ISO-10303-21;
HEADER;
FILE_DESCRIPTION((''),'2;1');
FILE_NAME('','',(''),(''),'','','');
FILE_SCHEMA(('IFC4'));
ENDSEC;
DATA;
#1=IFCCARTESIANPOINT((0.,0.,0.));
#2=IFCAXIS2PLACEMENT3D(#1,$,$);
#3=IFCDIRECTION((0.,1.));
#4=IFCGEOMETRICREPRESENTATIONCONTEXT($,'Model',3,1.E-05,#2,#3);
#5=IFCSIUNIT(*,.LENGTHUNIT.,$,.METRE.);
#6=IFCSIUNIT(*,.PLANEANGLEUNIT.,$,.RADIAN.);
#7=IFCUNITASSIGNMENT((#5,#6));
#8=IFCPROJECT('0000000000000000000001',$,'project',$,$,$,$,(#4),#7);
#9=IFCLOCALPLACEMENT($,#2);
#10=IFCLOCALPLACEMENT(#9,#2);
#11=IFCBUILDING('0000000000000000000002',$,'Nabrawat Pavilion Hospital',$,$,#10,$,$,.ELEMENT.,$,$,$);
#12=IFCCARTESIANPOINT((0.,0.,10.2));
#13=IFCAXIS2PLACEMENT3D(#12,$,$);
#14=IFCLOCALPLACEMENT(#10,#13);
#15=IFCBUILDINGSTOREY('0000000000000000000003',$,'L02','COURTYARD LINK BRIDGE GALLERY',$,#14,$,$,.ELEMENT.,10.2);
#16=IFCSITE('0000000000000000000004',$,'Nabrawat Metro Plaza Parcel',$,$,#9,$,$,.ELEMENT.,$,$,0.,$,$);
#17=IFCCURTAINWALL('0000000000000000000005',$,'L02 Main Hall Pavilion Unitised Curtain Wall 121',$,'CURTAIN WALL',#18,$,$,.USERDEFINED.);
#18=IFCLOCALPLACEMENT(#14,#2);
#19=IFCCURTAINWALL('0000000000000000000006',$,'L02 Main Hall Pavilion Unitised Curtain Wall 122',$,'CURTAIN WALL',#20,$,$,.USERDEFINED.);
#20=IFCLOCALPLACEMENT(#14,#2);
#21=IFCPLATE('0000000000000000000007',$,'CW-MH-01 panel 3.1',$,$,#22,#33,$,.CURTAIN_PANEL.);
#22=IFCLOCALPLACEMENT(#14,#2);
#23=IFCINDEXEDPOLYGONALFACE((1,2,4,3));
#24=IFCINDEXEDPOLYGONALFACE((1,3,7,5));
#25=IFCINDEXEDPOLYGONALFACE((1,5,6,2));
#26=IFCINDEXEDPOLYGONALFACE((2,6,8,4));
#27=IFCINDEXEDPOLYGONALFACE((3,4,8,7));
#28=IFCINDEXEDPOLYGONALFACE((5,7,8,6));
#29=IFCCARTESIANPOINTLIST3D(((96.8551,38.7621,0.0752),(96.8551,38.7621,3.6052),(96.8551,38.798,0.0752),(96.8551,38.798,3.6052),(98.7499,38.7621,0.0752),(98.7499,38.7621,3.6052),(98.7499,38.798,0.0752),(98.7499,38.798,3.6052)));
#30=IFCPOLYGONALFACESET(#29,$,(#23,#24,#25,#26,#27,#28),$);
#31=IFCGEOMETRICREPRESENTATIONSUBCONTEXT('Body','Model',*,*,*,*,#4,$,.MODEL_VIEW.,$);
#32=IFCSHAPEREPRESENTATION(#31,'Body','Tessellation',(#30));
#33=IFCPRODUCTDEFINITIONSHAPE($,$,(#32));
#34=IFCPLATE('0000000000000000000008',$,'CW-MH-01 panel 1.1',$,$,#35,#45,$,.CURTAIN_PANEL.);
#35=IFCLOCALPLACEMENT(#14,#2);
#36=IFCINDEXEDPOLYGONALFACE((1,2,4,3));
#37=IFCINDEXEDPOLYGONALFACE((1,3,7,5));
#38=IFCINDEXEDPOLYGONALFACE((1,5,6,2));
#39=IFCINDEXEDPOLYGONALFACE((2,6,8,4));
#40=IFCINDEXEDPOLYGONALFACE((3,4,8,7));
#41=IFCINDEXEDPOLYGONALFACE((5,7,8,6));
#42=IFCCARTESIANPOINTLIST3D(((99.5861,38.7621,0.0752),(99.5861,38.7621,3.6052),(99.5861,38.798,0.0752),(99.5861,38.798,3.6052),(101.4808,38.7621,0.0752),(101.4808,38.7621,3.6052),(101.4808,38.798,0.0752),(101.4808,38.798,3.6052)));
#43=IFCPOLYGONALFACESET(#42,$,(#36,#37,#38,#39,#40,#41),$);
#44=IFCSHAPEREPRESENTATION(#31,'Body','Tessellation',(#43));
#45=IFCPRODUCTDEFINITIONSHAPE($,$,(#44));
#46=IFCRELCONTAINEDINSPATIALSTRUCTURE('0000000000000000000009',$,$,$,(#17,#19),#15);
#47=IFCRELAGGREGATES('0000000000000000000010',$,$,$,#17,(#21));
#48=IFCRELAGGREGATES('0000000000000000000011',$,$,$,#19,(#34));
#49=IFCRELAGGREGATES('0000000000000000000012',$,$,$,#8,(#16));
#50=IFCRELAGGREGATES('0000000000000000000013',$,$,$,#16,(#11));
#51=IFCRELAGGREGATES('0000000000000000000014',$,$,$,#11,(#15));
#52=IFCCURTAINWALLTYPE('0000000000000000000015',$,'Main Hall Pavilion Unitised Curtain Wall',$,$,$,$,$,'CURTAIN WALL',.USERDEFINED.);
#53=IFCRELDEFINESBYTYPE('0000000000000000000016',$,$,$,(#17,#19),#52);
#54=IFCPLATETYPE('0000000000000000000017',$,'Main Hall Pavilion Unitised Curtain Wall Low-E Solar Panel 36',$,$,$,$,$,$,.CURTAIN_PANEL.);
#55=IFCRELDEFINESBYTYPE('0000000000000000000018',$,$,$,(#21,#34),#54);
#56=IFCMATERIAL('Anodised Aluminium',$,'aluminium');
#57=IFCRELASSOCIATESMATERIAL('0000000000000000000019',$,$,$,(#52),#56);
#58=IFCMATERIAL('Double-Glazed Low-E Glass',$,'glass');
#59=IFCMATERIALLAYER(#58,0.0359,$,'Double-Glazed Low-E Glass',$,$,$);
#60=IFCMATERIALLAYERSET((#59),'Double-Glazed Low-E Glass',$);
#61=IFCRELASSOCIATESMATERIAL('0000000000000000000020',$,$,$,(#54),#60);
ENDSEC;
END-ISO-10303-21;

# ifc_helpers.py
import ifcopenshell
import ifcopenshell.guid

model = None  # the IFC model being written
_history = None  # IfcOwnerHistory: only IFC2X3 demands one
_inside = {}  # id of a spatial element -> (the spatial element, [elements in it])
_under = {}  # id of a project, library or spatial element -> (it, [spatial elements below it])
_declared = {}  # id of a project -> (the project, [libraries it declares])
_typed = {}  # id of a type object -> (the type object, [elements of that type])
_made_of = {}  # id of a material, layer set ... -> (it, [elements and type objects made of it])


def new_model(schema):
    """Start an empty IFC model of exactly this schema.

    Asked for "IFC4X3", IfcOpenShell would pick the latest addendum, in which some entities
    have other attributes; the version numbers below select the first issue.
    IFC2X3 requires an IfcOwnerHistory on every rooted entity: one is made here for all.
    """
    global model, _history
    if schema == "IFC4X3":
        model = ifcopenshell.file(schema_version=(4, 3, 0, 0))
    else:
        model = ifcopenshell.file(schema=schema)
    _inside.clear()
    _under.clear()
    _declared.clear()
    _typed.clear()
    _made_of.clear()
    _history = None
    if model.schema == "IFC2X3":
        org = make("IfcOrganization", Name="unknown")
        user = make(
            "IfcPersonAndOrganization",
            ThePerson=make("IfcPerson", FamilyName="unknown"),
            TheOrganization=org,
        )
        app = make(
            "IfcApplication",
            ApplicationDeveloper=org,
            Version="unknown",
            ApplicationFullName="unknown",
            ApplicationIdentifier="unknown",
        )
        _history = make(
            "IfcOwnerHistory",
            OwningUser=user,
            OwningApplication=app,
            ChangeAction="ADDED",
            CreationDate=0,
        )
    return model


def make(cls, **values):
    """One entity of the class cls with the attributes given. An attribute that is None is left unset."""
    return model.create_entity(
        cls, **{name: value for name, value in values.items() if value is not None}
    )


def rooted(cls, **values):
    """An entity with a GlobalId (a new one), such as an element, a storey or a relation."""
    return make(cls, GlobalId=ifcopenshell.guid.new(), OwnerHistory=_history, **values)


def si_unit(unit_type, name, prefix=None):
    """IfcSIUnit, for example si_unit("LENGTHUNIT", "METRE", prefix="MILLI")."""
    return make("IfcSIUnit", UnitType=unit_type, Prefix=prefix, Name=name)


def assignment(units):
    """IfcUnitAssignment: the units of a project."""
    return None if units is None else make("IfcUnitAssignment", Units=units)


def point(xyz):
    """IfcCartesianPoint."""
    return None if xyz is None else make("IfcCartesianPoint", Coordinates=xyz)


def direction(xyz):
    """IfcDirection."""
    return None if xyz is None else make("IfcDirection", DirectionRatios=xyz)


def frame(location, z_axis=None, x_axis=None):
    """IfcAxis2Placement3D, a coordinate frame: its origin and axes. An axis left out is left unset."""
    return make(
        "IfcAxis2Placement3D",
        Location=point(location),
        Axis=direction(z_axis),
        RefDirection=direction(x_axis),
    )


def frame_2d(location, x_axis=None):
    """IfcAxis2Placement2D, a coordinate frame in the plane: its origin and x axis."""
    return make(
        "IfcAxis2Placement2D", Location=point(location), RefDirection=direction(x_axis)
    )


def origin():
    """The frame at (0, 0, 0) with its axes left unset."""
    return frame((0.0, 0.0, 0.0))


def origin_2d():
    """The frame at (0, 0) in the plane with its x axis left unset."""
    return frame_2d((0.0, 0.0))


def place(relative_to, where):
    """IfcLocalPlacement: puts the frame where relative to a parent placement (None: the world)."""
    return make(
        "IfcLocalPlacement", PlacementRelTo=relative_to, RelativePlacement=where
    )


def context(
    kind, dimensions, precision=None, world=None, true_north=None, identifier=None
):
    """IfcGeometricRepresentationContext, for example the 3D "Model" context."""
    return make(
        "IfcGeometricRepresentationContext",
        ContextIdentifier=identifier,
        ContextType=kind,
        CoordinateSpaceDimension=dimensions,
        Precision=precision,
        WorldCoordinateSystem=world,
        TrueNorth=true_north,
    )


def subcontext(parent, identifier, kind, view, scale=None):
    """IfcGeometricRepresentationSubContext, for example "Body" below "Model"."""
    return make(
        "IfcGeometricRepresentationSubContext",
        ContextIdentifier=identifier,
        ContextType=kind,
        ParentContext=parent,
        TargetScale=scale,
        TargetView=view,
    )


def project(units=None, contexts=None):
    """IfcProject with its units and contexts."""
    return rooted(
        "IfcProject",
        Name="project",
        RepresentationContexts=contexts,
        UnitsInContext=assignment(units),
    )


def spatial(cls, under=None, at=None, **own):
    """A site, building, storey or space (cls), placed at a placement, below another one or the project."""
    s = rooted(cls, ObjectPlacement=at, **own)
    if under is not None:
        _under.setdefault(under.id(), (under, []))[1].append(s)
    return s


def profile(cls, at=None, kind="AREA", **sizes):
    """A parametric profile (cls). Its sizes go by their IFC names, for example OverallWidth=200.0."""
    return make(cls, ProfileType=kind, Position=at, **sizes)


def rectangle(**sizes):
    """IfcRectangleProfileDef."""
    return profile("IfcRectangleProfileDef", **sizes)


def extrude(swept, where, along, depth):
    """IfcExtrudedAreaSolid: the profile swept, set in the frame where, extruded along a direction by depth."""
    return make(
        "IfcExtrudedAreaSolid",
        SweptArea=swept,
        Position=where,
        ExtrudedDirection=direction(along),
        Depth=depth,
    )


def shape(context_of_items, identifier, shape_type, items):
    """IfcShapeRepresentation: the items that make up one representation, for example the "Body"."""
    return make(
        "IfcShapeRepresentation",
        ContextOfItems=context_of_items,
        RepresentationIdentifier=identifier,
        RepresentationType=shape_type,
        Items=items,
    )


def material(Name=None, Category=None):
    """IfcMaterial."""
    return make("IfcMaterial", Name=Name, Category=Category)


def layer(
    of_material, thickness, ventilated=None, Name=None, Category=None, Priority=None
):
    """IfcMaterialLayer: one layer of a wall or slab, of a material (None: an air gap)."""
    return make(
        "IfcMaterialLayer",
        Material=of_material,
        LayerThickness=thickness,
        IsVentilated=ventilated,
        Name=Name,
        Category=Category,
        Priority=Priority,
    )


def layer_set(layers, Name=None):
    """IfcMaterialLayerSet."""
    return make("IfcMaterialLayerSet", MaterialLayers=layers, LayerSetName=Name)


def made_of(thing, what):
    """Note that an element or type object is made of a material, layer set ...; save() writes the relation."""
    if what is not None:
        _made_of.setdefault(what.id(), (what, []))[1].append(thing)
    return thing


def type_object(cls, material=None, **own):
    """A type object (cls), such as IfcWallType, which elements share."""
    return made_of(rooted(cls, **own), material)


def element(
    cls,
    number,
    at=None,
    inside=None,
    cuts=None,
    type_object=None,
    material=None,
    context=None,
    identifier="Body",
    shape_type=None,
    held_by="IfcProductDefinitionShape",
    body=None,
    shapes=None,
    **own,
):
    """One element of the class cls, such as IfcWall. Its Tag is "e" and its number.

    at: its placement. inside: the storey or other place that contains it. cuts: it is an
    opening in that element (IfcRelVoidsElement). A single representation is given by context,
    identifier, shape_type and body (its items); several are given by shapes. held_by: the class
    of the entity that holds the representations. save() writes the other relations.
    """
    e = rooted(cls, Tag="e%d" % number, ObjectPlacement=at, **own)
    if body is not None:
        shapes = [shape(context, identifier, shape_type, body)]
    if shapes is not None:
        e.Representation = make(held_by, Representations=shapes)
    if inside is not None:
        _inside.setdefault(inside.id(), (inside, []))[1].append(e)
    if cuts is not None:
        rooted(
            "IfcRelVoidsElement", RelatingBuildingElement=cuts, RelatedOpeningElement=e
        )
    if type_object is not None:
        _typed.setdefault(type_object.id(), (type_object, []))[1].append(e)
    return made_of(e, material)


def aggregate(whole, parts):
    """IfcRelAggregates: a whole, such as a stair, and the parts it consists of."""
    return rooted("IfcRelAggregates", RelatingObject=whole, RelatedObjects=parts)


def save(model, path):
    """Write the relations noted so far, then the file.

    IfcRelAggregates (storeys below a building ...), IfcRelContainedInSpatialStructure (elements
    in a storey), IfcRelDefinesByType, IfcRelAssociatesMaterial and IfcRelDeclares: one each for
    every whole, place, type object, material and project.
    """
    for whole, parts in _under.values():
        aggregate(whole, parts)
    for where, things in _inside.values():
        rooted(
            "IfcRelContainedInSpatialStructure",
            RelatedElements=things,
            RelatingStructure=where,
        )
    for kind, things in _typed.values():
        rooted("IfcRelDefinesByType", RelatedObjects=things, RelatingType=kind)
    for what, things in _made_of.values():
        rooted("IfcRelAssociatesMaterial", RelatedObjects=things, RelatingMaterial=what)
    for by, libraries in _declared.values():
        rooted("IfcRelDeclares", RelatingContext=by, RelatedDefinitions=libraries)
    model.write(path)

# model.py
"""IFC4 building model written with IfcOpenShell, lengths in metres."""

from ifc_helpers import new_model, si_unit, direction, frame, origin, origin_2d, place, context, subcontext, project, spatial, rectangle, extrude, material, layer, layer_set, type_object, element, aggregate, save


model = new_model("IFC4")

# Units and contexts
model_context = context("Model", 3, precision=1e-05, world=origin(), true_north=direction((0.0, 1.0)))
body_context = subcontext(model_context, "Body", "Model", "MODEL_VIEW")
ifc_project = project(units=[si_unit("LENGTHUNIT", "METRE"), si_unit("PLANEANGLEUNIT", "RADIAN")], contexts=[model_context])

# Site, building, storey
site_placement = place(None, origin())
site = spatial("IfcSite", under=ifc_project, at=site_placement, Name="Nabrawat Metro Plaza Parcel", CompositionType="ELEMENT", RefElevation=0.0)
building_placement = place(site_placement, origin())
building = spatial("IfcBuilding", under=site, at=building_placement, Name="Nabrawat Pavilion Hospital", CompositionType="ELEMENT")
storey_placement = place(building_placement, frame((0.0, 0.0, 10.2)))
storey = spatial("IfcBuildingStorey", under=building, at=storey_placement, Name="L02", Description="COURTYARD LINK BRIDGE GALLERY", CompositionType="ELEMENT", Elevation=10.2)

# Curtain wall
ifc_material_1 = material(Name="Anodised Aluminium", Category="aluminium")
curtain_wall_type = type_object("IfcCurtainWallType", Name="Main Hall Pavilion Unitised Curtain Wall", ElementType="CURTAIN WALL", PredefinedType="USERDEFINED", material=ifc_material_1)
curtain_wall_1_placement = place(storey_placement, origin())
curtain_wall_1 = element("IfcCurtainWall", 1, at=curtain_wall_1_placement, inside=storey, type_object=curtain_wall_type, Name="L02 Main Hall Pavilion Unitised Curtain Wall 121", ObjectType="CURTAIN WALL", PredefinedType="USERDEFINED")

# Curtain wall
curtain_wall_2_placement = place(storey_placement, origin())
curtain_wall_2 = element("IfcCurtainWall", 2, at=curtain_wall_2_placement, inside=storey, type_object=curtain_wall_type, Name="L02 Main Hall Pavilion Unitised Curtain Wall 122", ObjectType="CURTAIN WALL", PredefinedType="USERDEFINED")

# Plates
ifc_material_2 = material(Name="Double-Glazed Low-E Glass", Category="glass")
ifc_layer = layer(ifc_material_2, 0.0359, Name="Double-Glazed Low-E Glass")
ifc_layer_set = layer_set([ifc_layer], Name="Double-Glazed Low-E Glass")
plate_type = type_object("IfcPlateType", Name="Main Hall Pavilion Unitised Curtain Wall Low-E Solar Panel 36", PredefinedType="CURTAIN_PANEL", material=ifc_layer_set)
plate_1_placement = place(storey_placement, frame((97.8025, 38.78, 0.0752), z_axis=(0.0, 0.0, 1.0), x_axis=(1.0, 0.0, 0.0)))
plate_1 = element("IfcPlate", 3, at=plate_1_placement, type_object=plate_type, Name="CW-MH-01 panel 3.1", PredefinedType="CURTAIN_PANEL", context=body_context, shape_type="SweptSolid", body=[
    extrude(rectangle(XDim=1.8948, YDim=0.0359, at=origin_2d()), origin(), (0.0, 0.0, 1.0), 3.53),
])
aggregate(curtain_wall_1, [plate_1])
plate_2_placement = place(storey_placement, frame((100.5334, 38.78, 0.0752), z_axis=(0.0, 0.0, 1.0), x_axis=(1.0, 0.0, 0.0)))
plate_2 = element("IfcPlate", 4, at=plate_2_placement, type_object=plate_type, Name="CW-MH-01 panel 1.1", PredefinedType="CURTAIN_PANEL", context=body_context, shape_type="SweptSolid", body=[
    extrude(rectangle(XDim=1.8948, YDim=0.0359, at=origin_2d()), origin(), (0.0, 0.0, 1.0), 3.53),
])
aggregate(curtain_wall_2, [plate_2])

save(model, "model.ifc")
